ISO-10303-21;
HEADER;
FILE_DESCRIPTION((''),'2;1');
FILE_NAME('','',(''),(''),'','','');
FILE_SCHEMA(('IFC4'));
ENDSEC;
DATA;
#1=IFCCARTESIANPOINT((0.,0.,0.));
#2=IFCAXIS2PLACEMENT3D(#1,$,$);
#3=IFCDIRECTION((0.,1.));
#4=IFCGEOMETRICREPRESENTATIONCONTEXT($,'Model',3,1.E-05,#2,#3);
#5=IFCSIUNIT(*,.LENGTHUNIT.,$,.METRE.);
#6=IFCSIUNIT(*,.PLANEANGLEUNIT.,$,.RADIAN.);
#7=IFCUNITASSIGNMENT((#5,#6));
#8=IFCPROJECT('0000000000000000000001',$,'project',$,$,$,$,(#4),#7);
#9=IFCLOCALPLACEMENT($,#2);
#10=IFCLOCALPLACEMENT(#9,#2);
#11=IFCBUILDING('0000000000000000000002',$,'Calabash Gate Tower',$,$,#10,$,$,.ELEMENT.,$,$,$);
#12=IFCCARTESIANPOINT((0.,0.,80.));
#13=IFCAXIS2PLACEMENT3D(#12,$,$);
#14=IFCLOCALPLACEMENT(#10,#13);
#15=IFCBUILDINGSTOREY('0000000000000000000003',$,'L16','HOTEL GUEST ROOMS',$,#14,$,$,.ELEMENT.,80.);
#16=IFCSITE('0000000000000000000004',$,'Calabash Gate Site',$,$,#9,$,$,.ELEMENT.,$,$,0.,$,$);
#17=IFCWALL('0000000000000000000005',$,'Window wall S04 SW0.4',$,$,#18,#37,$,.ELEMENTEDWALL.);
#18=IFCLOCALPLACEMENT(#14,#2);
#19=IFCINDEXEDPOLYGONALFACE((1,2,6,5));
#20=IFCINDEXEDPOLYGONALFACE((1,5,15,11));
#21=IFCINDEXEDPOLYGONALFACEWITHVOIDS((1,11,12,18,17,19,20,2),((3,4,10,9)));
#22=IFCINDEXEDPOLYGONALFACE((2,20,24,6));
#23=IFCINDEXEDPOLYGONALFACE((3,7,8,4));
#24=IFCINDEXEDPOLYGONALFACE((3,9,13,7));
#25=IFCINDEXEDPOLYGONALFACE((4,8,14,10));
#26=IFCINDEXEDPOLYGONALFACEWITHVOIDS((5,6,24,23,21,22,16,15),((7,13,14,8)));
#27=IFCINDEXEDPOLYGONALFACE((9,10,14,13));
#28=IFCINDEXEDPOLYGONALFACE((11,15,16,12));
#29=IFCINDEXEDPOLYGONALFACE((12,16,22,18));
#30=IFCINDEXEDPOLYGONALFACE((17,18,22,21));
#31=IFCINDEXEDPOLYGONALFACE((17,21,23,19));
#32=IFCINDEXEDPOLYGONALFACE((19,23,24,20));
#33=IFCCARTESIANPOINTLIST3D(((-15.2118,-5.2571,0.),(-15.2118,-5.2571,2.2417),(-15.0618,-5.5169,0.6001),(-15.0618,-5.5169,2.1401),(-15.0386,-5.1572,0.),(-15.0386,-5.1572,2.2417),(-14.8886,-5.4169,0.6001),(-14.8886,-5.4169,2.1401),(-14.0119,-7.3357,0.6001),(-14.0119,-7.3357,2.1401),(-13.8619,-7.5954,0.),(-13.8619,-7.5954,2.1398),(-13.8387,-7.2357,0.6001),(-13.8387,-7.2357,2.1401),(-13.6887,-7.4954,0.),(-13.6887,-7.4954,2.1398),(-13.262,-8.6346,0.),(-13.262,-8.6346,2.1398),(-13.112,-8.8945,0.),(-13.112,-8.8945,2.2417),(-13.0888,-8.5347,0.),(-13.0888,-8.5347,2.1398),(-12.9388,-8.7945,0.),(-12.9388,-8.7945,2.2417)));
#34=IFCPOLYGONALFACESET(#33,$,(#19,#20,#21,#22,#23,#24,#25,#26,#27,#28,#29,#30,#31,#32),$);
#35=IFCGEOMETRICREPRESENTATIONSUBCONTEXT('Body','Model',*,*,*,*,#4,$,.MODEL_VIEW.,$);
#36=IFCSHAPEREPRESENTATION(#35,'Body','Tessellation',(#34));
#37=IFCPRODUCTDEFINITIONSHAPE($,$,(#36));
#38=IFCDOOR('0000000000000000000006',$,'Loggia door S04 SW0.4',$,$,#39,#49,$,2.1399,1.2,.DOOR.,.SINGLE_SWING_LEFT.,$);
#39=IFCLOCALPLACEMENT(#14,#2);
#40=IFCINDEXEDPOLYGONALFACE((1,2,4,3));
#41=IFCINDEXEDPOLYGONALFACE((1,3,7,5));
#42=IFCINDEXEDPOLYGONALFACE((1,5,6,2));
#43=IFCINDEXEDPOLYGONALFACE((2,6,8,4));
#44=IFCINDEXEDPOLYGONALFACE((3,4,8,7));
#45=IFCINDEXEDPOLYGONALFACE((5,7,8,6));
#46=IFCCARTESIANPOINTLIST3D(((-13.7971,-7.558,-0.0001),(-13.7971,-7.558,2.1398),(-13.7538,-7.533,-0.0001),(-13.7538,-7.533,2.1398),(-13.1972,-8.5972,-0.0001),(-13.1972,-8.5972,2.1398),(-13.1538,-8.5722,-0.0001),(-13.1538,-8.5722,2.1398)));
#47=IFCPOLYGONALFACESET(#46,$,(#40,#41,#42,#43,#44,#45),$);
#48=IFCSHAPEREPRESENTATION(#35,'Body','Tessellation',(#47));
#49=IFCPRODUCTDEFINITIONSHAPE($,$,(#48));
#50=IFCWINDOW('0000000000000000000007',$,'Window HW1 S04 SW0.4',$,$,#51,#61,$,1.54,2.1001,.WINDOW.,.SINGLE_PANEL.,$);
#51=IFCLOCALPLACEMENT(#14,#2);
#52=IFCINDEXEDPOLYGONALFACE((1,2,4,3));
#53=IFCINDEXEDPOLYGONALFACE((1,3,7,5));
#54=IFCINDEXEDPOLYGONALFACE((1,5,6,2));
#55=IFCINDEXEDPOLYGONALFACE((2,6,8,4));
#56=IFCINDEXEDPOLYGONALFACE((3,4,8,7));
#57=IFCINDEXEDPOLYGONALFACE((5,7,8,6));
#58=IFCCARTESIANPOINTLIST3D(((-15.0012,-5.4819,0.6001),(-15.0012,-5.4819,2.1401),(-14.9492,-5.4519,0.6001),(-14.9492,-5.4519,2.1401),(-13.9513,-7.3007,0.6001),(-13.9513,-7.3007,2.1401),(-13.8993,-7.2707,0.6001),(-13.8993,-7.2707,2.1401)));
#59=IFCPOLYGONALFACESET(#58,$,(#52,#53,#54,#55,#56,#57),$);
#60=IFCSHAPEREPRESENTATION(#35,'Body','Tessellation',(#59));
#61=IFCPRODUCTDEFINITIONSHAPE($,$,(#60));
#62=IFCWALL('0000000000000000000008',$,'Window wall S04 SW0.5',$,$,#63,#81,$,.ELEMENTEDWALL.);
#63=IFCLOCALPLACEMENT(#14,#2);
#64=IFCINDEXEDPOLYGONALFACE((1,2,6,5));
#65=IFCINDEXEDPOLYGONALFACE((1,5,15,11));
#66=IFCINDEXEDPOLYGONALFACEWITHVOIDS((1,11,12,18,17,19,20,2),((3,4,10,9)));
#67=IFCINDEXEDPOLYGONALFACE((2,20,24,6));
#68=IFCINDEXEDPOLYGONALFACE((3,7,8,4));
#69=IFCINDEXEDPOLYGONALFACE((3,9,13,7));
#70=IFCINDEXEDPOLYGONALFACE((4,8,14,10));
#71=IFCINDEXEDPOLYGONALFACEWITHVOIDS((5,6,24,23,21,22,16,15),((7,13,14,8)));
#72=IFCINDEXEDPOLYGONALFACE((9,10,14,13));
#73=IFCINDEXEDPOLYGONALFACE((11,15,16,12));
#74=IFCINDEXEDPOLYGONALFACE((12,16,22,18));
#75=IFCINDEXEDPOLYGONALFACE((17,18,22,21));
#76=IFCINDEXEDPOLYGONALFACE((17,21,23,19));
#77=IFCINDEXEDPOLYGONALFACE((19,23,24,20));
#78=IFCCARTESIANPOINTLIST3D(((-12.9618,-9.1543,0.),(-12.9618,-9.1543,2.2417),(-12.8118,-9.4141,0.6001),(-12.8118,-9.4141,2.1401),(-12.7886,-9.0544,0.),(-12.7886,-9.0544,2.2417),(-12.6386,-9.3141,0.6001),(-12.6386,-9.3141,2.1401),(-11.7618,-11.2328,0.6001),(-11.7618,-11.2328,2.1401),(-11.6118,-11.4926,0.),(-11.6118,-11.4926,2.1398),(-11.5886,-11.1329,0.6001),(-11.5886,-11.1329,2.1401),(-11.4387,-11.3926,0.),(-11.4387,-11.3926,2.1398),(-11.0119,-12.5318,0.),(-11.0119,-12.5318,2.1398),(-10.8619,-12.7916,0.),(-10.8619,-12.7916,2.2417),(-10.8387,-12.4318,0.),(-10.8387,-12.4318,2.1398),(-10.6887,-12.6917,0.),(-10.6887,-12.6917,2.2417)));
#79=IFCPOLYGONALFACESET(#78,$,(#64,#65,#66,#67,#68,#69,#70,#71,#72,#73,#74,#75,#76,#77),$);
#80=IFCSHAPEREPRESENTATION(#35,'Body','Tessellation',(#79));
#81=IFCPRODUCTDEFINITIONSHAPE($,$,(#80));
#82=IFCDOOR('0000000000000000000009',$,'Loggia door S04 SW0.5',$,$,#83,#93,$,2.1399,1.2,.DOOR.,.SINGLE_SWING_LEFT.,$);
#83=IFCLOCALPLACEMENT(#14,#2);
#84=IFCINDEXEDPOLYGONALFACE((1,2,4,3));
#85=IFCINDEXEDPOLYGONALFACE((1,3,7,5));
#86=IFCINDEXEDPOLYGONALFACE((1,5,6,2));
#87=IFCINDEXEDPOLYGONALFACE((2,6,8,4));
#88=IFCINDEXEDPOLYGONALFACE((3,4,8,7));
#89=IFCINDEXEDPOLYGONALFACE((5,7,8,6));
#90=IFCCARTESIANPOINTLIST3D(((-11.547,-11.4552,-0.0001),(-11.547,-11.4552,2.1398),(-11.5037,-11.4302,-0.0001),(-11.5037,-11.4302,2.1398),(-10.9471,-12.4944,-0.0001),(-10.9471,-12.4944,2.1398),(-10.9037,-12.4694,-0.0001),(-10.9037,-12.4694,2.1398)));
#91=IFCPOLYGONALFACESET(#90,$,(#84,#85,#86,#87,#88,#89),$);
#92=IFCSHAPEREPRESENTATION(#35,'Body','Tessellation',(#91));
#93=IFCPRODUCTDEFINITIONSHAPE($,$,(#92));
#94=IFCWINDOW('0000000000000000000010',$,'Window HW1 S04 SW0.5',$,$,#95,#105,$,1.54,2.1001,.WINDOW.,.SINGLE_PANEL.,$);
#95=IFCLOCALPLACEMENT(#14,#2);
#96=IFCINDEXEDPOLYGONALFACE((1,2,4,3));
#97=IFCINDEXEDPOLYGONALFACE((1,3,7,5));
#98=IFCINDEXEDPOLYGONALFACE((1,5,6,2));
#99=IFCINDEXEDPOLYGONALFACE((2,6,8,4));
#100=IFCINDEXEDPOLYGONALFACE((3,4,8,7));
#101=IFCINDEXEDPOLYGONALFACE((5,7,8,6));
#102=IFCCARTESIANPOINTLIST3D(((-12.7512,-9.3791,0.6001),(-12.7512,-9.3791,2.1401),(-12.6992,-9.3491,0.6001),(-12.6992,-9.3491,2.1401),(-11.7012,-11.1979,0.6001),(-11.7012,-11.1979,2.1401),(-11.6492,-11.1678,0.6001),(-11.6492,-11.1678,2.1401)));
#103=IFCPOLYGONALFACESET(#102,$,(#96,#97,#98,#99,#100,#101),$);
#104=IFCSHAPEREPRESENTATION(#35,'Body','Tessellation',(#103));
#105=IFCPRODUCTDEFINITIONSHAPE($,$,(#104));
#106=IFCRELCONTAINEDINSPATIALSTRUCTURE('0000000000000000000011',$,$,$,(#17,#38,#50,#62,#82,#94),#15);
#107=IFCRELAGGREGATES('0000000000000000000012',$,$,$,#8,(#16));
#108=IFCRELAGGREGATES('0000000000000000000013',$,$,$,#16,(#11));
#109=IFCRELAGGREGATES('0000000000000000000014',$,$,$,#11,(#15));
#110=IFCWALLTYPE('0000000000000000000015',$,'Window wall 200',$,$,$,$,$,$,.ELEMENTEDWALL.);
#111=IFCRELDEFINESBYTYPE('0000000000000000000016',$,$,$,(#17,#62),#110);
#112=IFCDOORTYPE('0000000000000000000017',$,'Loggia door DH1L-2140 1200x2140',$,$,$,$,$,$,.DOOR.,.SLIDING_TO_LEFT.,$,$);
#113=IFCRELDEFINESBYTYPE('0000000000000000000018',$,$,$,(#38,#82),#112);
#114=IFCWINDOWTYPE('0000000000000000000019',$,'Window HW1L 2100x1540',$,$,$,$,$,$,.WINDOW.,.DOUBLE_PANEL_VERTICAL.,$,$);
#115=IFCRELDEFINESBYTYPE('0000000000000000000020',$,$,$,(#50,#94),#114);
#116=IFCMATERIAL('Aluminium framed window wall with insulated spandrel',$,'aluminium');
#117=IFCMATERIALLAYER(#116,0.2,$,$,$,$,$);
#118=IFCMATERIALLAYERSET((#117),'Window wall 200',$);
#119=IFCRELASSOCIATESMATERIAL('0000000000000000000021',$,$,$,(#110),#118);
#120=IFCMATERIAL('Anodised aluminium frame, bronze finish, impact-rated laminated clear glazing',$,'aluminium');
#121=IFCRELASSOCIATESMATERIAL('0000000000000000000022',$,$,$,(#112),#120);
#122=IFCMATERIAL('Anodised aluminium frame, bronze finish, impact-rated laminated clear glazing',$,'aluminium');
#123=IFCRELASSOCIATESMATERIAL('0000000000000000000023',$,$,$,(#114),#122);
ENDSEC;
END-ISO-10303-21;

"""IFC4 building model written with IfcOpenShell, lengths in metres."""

from ifc_helpers import new_model, si_unit, direction, frame, frame_2d, origin, place, context, subcontext, project, spatial, rectangle, extrude, material, layer, layer_set, type_object, element, fill, save


model = new_model("IFC4")

# Units and contexts
model_context = context("Model", 3, precision=1e-05, world=origin(), true_north=direction((0.0, 1.0)))
body_context = subcontext(model_context, "Body", "Model", "MODEL_VIEW")
ifc_project = project(units=[si_unit("LENGTHUNIT", "METRE"), si_unit("PLANEANGLEUNIT", "RADIAN")], contexts=[model_context])

# Site, building, storey
site_placement = place(None, origin())
site = spatial("IfcSite", under=ifc_project, at=site_placement, Name="Calabash Gate Site", CompositionType="ELEMENT", RefElevation=0.0)
building_placement = place(site_placement, origin())
building = spatial("IfcBuilding", under=site, at=building_placement, Name="Calabash Gate Tower", CompositionType="ELEMENT")
storey_placement = place(building_placement, frame((0.0, 0.0, 80.0)))
storey = spatial("IfcBuildingStorey", under=building, at=storey_placement, Name="L16", Description="HOTEL GUEST ROOMS", CompositionType="ELEMENT", Elevation=80.0)

# Walls, openings, doors, windows
ifc_material_1 = material(Name="Aluminium framed window wall with insulated spandrel", Category="aluminium")
ifc_layer_1 = layer(ifc_material_1, 0.2)
ifc_layer_set_1 = layer_set([ifc_layer_1], Name="Window wall 200")
wall_type_1 = type_object("IfcWallType", Name="Window wall 200", PredefinedType="ELEMENTEDWALL", material=ifc_layer_set_1)
wall_1_placement = place(storey_placement, frame((-15.1252, -5.207, 0.0), z_axis=(0.0, 0.0, 1.0), x_axis=(0.499959, -0.866049, 0.0)))
wall_1 = element("IfcWall", 1, at=wall_1_placement, inside=storey, type_object=wall_type_1, Name="Window wall S04 SW0.4", PredefinedType="ELEMENTEDWALL", context=body_context, shape_type="SweptSolid", body=[
    extrude(rectangle(XDim=4.2, YDim=0.2, at=frame_2d((2.1001, 0.0))), origin(), (0.0, 0.0, 1.0), 2.2417),
])
opening_1_placement = place(wall_1_placement, frame((0.3, 0.0, 0.6001)))
opening_1 = element("IfcOpeningElement", 2, at=opening_1_placement, cuts=wall_1, PredefinedType="OPENING", context=body_context, shape_type="SweptSolid", body=[
    extrude(rectangle(XDim=2.1001, YDim=1.54, at=frame_2d((1.05, 0.77))), frame((0.0, 0.1099, 0.0), z_axis=(0.0, -1.0, 0.0), x_axis=(1.0, 0.0, 0.0)), (0.0, 0.0, 1.0), 0.22),
])
opening_2_placement = place(wall_1_placement, frame((2.7, 0.0, 0.0)))
opening_2 = element("IfcOpeningElement", 3, at=opening_2_placement, cuts=wall_1, PredefinedType="OPENING", context=body_context, shape_type="SweptSolid", body=[
    extrude(rectangle(XDim=1.2, YDim=2.1399, at=frame_2d((0.6001, 1.0698))), frame((0.0, 0.1099, 0.0), z_axis=(0.0, -1.0, 0.0), x_axis=(1.0, 0.0, 0.0)), (0.0, 0.0, 1.0), 0.22),
])
ifc_material_2 = material(Name="Anodised aluminium frame, bronze finish, impact-rated laminated clear glazing", Category="aluminium")
door_type_1 = type_object("IfcDoorType", Name="Loggia door DH1L-2140 1200x2140", OperationType="SLIDING_TO_LEFT", PredefinedType="DOOR", material=ifc_material_2)
door_1_placement = place(opening_2_placement, origin())
door_1 = element("IfcDoor", 4, at=door_1_placement, inside=storey, type_object=door_type_1, Name="Loggia door S04 SW0.4", OperationType="SINGLE_SWING_LEFT", OverallHeight=2.1399, OverallWidth=1.2, PredefinedType="DOOR", context=body_context, shape_type="SweptSolid", body=[
    extrude(rectangle(XDim=1.2, YDim=2.1399, at=frame_2d((0.6001, 1.0698))), frame((0.0, 0.0249, 0.0), z_axis=(0.0, -1.0, 0.0), x_axis=(1.0, 0.0, 0.0)), (0.0, 0.0, 1.0), 0.05),
])
fill(opening_2, door_1)
ifc_material_3 = material(Name="Anodised aluminium frame, bronze finish, impact-rated laminated clear glazing", Category="aluminium")
window_type_1 = type_object("IfcWindowType", Name="Window HW1L 2100x1540", PartitioningType="DOUBLE_PANEL_VERTICAL", PredefinedType="WINDOW", material=ifc_material_3)
window_1_placement = place(opening_1_placement, origin())
window_1 = element("IfcWindow", 5, at=window_1_placement, inside=storey, type_object=window_type_1, Name="Window HW1 S04 SW0.4", OverallHeight=1.54, OverallWidth=2.1001, PartitioningType="SINGLE_PANEL", PredefinedType="WINDOW", context=body_context, shape_type="SweptSolid", body=[
    extrude(rectangle(XDim=2.1001, YDim=1.54, at=frame_2d((1.05, 0.77))), frame((0.0, 0.03, 0.0), z_axis=(0.0, -1.0, 0.0), x_axis=(1.0, 0.0, 0.0)), (0.0, 0.0, 1.0), 0.0601),
])
fill(opening_1, window_1)
wall_2_placement = place(storey_placement, frame((-12.8752, -9.1042, 0.0), z_axis=(0.0, 0.0, 1.0), x_axis=(0.499984, -0.866035, 0.0)))
wall_2 = element("IfcWall", 6, at=wall_2_placement, inside=storey, type_object=wall_type_1, Name="Window wall S04 SW0.5", PredefinedType="ELEMENTEDWALL", context=body_context, shape_type="SweptSolid", body=[
    extrude(rectangle(XDim=4.2, YDim=0.2, at=frame_2d((2.1001, 0.0))), origin(), (0.0, 0.0, 1.0), 2.2417),
])
opening_3_placement = place(wall_2_placement, frame((0.3, 0.0, 0.6001)))
opening_3 = element("IfcOpeningElement", 7, at=opening_3_placement, cuts=wall_2, PredefinedType="OPENING", context=body_context, shape_type="SweptSolid", body=[
    extrude(rectangle(XDim=2.1001, YDim=1.54, at=frame_2d((1.05, 0.77))), frame((0.0, 0.1099, 0.0), z_axis=(0.0, -1.0, 0.0), x_axis=(1.0, 0.0, 0.0)), (0.0, 0.0, 1.0), 0.22),
])
opening_4_placement = place(wall_2_placement, frame((2.7, 0.0, 0.0)))
opening_4 = element("IfcOpeningElement", 8, at=opening_4_placement, cuts=wall_2, PredefinedType="OPENING", context=body_context, shape_type="SweptSolid", body=[
    extrude(rectangle(XDim=1.2, YDim=2.1399, at=frame_2d((0.6001, 1.0698))), frame((0.0, 0.1099, 0.0), z_axis=(0.0, -1.0, 0.0), x_axis=(1.0, 0.0, 0.0)), (0.0, 0.0, 1.0), 0.22),
])
door_2_placement = place(opening_4_placement, origin())
door_2 = element("IfcDoor", 9, at=door_2_placement, inside=storey, type_object=door_type_1, Name="Loggia door S04 SW0.5", OperationType="SINGLE_SWING_LEFT", OverallHeight=2.1399, OverallWidth=1.2, PredefinedType="DOOR", context=body_context, shape_type="SweptSolid", body=[
    extrude(rectangle(XDim=1.2, YDim=2.1399, at=frame_2d((0.6001, 1.0698))), frame((0.0, 0.0249, 0.0), z_axis=(0.0, -1.0, 0.0), x_axis=(1.0, 0.0, 0.0)), (0.0, 0.0, 1.0), 0.05),
])
fill(opening_4, door_2)
window_2_placement = place(opening_3_placement, origin())
window_2 = element("IfcWindow", 10, at=window_2_placement, inside=storey, type_object=window_type_1, Name="Window HW1 S04 SW0.5", OverallHeight=1.54, OverallWidth=2.1001, PartitioningType="SINGLE_PANEL", PredefinedType="WINDOW", context=body_context, shape_type="SweptSolid", body=[
    extrude(rectangle(XDim=2.1001, YDim=1.54, at=frame_2d((1.05, 0.77))), frame((0.0, 0.03, 0.0), z_axis=(0.0, -1.0, 0.0), x_axis=(1.0, 0.0, 0.0)), (0.0, 0.0, 1.0), 0.0601),
])
fill(opening_3, window_2)

save(model, "model.ifc")
